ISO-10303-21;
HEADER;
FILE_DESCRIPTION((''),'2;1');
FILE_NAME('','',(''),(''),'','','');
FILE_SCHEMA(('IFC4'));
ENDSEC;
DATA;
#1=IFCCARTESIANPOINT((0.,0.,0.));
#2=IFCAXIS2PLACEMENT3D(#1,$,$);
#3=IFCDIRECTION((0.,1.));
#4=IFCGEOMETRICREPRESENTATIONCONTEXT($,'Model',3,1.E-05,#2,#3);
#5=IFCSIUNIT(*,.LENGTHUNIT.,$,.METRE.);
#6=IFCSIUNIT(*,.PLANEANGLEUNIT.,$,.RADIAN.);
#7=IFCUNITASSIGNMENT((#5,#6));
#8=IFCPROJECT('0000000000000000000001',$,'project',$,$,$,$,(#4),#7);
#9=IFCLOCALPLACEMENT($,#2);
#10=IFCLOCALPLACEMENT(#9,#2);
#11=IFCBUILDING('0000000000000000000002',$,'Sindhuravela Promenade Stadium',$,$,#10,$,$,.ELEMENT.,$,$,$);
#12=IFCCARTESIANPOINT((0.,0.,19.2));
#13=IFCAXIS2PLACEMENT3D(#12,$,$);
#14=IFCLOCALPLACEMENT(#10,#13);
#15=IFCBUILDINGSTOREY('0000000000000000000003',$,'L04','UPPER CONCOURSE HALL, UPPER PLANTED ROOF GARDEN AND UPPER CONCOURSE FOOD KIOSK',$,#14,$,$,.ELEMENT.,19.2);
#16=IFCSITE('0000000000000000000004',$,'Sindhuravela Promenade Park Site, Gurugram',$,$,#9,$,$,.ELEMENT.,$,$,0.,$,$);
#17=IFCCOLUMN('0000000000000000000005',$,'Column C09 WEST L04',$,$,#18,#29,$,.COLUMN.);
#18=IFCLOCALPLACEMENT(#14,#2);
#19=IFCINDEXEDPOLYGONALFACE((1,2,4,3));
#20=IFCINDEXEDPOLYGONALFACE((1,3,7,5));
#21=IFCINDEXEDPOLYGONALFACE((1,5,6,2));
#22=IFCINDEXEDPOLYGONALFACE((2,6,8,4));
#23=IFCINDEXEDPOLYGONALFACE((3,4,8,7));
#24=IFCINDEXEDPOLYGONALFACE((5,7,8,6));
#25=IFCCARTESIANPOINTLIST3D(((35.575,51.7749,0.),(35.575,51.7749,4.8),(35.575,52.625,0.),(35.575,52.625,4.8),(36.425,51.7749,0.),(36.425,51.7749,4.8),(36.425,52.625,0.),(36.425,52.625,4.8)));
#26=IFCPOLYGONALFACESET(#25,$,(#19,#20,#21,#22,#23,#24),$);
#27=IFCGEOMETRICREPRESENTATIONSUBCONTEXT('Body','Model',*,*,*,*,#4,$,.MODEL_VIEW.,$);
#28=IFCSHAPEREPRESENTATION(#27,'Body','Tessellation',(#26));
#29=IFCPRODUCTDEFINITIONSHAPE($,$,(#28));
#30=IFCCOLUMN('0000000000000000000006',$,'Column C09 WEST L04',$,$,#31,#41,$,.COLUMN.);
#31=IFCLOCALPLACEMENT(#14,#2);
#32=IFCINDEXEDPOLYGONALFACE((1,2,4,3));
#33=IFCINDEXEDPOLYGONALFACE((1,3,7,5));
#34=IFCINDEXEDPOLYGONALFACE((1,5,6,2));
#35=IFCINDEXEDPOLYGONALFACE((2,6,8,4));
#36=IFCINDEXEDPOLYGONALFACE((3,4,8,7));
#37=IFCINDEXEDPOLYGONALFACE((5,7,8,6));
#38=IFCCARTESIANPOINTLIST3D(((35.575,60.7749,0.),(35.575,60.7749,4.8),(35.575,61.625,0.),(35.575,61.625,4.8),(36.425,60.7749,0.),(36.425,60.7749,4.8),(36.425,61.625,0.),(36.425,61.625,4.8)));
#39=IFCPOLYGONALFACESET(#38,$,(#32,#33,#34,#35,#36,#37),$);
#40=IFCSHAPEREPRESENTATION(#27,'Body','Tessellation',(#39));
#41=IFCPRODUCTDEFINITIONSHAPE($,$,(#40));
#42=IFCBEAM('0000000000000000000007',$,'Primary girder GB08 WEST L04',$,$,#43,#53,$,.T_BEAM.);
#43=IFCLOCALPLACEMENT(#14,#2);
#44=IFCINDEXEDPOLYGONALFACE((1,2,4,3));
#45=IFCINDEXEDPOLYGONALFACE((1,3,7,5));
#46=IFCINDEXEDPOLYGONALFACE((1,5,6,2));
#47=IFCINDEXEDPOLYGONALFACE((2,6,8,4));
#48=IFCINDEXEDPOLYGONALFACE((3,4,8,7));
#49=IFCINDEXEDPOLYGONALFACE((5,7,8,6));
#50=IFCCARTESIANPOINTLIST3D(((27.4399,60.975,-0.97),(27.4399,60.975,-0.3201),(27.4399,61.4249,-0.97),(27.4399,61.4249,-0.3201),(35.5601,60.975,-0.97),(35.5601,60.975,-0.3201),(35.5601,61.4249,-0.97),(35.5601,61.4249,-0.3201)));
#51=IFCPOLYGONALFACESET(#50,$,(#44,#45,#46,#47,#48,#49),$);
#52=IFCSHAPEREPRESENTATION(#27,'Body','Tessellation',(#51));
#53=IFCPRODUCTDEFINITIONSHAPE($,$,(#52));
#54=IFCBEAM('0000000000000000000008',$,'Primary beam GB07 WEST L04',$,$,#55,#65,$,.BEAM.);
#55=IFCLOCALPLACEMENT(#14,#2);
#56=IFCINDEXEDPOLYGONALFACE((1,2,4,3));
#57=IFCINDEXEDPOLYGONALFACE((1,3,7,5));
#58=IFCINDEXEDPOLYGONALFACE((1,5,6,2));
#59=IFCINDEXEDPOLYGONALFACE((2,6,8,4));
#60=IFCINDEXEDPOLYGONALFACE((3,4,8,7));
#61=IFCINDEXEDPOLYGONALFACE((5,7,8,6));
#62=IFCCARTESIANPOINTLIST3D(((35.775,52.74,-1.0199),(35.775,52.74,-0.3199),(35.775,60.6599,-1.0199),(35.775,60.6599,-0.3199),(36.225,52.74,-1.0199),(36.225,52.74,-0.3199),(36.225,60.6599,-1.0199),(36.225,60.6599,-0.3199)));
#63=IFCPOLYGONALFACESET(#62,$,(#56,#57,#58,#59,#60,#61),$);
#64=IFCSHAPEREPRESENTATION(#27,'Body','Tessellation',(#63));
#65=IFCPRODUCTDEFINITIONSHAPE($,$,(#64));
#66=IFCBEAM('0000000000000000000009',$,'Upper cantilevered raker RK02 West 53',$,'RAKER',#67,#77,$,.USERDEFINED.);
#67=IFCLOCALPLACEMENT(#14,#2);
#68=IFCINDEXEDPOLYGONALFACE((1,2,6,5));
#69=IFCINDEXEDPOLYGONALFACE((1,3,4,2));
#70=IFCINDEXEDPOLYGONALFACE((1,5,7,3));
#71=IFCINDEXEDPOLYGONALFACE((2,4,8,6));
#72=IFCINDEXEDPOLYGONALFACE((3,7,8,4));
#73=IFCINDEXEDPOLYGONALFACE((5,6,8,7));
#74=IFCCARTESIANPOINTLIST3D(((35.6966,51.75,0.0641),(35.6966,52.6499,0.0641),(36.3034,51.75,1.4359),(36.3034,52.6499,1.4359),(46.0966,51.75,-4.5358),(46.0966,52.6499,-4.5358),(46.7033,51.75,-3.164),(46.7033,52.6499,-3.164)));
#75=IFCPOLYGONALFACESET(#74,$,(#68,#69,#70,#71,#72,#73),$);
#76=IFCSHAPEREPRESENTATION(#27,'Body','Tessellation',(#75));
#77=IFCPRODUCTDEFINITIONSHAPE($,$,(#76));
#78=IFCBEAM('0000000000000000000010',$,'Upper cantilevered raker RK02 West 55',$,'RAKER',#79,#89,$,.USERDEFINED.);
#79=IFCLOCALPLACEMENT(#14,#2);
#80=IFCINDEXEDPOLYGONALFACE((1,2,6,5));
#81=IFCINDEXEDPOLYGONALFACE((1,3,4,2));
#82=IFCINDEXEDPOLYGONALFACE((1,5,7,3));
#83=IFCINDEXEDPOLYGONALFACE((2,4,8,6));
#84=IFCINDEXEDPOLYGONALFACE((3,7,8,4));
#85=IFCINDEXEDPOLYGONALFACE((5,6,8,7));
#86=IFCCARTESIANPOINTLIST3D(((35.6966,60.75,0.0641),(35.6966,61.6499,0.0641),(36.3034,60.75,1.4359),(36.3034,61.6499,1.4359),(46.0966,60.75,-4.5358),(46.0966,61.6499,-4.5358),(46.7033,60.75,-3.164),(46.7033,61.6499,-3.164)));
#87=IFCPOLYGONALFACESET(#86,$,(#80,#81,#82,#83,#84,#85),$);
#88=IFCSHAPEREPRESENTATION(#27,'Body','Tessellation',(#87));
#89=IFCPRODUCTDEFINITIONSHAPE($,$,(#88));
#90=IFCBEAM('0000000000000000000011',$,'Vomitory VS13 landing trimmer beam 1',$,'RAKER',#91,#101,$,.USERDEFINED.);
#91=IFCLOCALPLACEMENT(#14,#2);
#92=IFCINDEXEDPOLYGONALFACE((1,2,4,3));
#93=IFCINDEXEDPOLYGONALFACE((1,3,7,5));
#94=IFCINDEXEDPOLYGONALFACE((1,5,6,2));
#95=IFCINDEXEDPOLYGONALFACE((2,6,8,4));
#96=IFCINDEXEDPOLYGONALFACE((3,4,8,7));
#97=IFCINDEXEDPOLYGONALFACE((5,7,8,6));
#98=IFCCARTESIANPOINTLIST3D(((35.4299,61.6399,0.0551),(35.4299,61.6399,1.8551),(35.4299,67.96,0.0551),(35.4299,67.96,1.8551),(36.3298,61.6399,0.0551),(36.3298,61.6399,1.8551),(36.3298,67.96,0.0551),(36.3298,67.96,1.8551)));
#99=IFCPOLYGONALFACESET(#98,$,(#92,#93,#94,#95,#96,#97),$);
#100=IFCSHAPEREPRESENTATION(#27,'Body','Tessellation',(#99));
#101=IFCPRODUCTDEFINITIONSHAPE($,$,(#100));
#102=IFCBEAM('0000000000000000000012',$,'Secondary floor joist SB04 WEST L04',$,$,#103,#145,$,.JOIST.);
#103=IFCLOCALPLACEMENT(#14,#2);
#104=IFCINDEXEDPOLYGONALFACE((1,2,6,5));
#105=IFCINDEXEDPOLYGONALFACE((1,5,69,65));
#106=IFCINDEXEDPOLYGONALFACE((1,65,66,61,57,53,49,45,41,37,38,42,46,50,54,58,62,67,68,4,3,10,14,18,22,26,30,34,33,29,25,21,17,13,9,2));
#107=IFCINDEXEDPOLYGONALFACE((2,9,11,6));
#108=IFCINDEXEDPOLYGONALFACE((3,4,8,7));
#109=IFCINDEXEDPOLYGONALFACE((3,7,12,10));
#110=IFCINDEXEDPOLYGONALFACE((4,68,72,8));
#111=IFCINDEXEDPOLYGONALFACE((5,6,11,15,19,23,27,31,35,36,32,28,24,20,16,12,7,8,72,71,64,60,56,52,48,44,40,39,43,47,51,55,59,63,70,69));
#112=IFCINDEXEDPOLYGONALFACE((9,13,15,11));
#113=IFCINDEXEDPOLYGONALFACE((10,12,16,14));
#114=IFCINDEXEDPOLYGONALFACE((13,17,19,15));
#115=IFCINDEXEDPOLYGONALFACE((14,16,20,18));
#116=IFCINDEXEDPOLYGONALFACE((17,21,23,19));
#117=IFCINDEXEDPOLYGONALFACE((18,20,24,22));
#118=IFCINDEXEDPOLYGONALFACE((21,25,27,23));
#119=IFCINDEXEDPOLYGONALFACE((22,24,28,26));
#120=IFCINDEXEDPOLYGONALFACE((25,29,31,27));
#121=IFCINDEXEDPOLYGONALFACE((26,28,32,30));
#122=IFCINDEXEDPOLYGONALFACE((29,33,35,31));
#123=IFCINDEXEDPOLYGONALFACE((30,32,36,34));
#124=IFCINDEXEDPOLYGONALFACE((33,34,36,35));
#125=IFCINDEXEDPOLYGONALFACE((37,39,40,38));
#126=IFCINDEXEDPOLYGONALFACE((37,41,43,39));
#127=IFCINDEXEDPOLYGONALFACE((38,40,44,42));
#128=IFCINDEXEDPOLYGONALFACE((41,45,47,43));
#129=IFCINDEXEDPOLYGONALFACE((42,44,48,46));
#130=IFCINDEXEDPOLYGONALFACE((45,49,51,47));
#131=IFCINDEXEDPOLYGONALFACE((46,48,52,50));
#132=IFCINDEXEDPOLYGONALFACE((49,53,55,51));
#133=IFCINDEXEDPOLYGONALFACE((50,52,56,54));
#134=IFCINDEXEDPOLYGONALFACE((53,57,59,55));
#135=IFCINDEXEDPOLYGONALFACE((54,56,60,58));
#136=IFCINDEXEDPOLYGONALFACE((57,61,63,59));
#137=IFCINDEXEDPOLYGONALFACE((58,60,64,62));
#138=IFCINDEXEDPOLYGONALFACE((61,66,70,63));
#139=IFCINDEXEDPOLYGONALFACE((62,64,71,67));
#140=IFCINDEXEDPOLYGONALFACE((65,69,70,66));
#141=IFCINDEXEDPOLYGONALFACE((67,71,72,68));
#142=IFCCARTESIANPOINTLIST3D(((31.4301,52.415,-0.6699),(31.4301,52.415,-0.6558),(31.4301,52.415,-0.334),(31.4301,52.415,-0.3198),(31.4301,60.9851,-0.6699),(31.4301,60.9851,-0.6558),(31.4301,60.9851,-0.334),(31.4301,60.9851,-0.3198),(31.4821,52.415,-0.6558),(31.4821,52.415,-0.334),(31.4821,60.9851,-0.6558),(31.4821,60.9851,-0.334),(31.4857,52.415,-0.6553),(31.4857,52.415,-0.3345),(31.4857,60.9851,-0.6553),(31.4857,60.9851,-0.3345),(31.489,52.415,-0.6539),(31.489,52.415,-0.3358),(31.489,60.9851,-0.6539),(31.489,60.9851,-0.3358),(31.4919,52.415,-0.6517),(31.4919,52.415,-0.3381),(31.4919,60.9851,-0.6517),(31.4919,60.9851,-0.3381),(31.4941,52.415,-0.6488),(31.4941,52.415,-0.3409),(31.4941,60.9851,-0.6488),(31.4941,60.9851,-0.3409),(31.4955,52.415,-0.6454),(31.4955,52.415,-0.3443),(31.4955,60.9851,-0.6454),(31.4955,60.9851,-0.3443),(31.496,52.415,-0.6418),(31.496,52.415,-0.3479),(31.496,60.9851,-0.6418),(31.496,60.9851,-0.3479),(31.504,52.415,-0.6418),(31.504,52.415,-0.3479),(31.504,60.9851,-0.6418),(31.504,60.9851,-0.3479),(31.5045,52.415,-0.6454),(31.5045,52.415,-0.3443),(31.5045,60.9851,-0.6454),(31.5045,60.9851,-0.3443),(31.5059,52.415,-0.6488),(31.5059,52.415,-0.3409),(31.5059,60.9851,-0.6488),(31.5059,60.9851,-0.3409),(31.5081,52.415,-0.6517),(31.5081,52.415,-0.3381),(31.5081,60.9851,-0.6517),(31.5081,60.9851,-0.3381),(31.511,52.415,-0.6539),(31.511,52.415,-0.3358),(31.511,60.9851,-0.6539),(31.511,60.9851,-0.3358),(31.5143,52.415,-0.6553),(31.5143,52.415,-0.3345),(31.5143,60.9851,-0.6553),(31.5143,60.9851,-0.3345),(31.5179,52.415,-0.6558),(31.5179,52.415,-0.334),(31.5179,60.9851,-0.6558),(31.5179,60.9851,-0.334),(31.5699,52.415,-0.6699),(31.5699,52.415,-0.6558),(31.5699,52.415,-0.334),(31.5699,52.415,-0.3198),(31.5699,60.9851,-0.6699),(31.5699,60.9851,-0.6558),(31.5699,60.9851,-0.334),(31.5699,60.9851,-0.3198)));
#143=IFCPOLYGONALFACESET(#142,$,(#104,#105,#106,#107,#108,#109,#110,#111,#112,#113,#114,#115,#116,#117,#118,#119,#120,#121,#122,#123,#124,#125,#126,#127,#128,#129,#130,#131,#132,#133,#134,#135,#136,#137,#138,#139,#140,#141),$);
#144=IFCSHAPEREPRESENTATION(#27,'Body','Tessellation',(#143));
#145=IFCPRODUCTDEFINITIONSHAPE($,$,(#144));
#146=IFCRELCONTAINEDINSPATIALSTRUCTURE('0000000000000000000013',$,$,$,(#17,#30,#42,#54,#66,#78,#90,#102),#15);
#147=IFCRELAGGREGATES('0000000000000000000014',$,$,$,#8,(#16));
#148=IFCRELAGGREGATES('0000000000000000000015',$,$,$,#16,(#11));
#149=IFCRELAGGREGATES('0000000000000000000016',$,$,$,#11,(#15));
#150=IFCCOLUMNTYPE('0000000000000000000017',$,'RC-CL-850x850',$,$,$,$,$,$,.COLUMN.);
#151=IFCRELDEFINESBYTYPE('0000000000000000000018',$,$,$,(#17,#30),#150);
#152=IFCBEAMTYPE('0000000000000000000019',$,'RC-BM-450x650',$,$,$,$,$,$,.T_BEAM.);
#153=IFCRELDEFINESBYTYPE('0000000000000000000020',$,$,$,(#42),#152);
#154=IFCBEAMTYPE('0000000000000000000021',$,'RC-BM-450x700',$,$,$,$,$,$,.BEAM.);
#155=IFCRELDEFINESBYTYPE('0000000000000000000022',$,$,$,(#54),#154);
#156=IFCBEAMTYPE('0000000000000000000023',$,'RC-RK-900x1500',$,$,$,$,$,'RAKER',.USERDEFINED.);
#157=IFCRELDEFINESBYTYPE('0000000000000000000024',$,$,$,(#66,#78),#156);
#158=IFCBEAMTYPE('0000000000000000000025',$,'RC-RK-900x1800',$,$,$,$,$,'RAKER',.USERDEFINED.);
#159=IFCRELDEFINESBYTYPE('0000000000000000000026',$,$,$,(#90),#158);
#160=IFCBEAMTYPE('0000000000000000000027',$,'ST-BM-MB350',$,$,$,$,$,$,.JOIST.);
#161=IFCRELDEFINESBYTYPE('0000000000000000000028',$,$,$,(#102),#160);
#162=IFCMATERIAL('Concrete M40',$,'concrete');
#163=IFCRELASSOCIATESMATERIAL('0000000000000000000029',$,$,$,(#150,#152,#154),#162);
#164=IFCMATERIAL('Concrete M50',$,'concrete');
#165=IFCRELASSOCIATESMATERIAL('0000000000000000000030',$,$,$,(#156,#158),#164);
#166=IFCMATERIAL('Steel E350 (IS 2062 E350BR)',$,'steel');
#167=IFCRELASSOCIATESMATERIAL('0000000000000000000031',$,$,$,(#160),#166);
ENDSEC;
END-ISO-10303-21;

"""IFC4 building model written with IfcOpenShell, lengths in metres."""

from ifc_helpers import new_model, si_unit, direction, frame, origin, origin_2d, place, context, subcontext, project, spatial, rectangle, i_section, extrude, material, material_profile, profile_set, type_object, element, save


model = new_model("IFC4")

# Units and contexts
model_context = context("Model", 3, precision=1e-05, world=origin(), true_north=direction((0.0, 1.0)))
body_context = subcontext(model_context, "Body", "Model", "MODEL_VIEW")
ifc_project = project(units=[si_unit("LENGTHUNIT", "METRE"), si_unit("PLANEANGLEUNIT", "RADIAN")], contexts=[model_context])

# Site, building, storey
site_placement = place(None, origin())
site = spatial("IfcSite", under=ifc_project, at=site_placement, Name="Sindhuravela Promenade Park Site, Gurugram", CompositionType="ELEMENT", RefElevation=0.0)
building_placement = place(site_placement, origin())
building = spatial("IfcBuilding", under=site, at=building_placement, Name="Sindhuravela Promenade Stadium", CompositionType="ELEMENT")
storey_placement = place(building_placement, frame((0.0, 0.0, 19.2)))
storey = spatial("IfcBuildingStorey", under=building, at=storey_placement, Name="L04", Description="UPPER CONCOURSE HALL, UPPER PLANTED ROOF GARDEN AND UPPER CONCOURSE FOOD KIOSK", CompositionType="ELEMENT", Elevation=19.2)

# Columns
ifc_material_1 = material(Name="Concrete M40", Category="concrete")
ifc_material_profile_1 = material_profile(ifc_material_1, rectangle(XDim=0.8501, YDim=0.8501, at=origin_2d()), Name="RC 850x850")
ifc_profile_set_1 = profile_set([ifc_material_profile_1], Name="Concrete M40")
column_type = type_object("IfcColumnType", Name="RC-CL-850x850", PredefinedType="COLUMN", material=ifc_profile_set_1)
for number, where, z_axis, x_axis, name in (
    (1, (36.0, 52.2, 0.0), (0.0, 0.0, 1.0), (1.0, 0.0, 0.0), "Column C09 WEST L04"),
    (2, (36.0, 61.2, 0.0), (0.0, 0.0, 1.0), (1.0, 0.0, 0.0), "Column C09 WEST L04"),
):
    element("IfcColumn", number, at=place(storey_placement, frame(where, z_axis=z_axis, x_axis=x_axis)), inside=storey, type_object=column_type, Name=name, PredefinedType="COLUMN", context=body_context, shape_type="SweptSolid", body=[
        extrude(rectangle(XDim=0.8501, YDim=0.8501, at=origin_2d()), origin(), (0.0, 0.0, 1.0), 4.8),
    ])

# Beams
ifc_material_profile_2 = material_profile(ifc_material_1, rectangle(XDim=0.45, YDim=0.6499, at=origin_2d()), Name="RC 450x650")
ifc_profile_set_2 = profile_set([ifc_material_profile_2], Name="Concrete M40")
beam_type_1 = type_object("IfcBeamType", Name="RC-BM-450x650", PredefinedType="T_BEAM", material=ifc_profile_set_2)
beam_1_placement = place(storey_placement, frame((27.4399, 61.2, -0.645), z_axis=(1.0, 0.0, 0.0), x_axis=(0.0, 1.0, 0.0)))
element("IfcBeam", 3, at=beam_1_placement, inside=storey, type_object=beam_type_1, Name="Primary girder GB08 WEST L04", PredefinedType="T_BEAM", context=body_context, shape_type="SweptSolid", body=[
    extrude(rectangle(XDim=0.45, YDim=0.6499, at=origin_2d()), origin(), (0.0, 0.0, 1.0), 8.1201),
])
ifc_material_profile_3 = material_profile(ifc_material_1, rectangle(XDim=0.45, YDim=0.7, at=origin_2d()), Name="RC 450x700")
ifc_profile_set_3 = profile_set([ifc_material_profile_3], Name="Concrete M40")
beam_type_2 = type_object("IfcBeamType", Name="RC-BM-450x700", PredefinedType="BEAM", material=ifc_profile_set_3)
beam_2_placement = place(storey_placement, frame((36.0, 52.74, -0.6699), z_axis=(0.0, 1.0, 0.0), x_axis=(-1.0, 0.0, 0.0)))
element("IfcBeam", 4, at=beam_2_placement, inside=storey, type_object=beam_type_2, Name="Primary beam GB07 WEST L04", PredefinedType="BEAM", context=body_context, shape_type="SweptSolid", body=[
    extrude(rectangle(XDim=0.45, YDim=0.7, at=origin_2d()), origin(), (0.0, 0.0, 1.0), 7.9199),
])
ifc_material_2 = material(Name="Concrete M50", Category="concrete")
ifc_material_profile_4 = material_profile(ifc_material_2, rectangle(XDim=0.8999, YDim=1.5, at=origin_2d()), Name="RC 900x1500")
ifc_profile_set_4 = profile_set([ifc_material_profile_4], Name="Concrete M50")
beam_type_3 = type_object("IfcBeamType", Name="RC-RK-900x1500", ElementType="RAKER", PredefinedType="USERDEFINED", material=ifc_profile_set_4)
for number, where, z_axis, x_axis, name in (
    (5, (36.0, 52.2, 0.75), (0.914539, 0.0, -0.404498), (0.0, 1.0, 0.0), "Upper cantilevered raker RK02 West 53"),
    (6, (36.0, 61.2, 0.75), (0.914539, 0.0, -0.404498), (0.0, 1.0, 0.0), "Upper cantilevered raker RK02 West 55"),
):
    element("IfcBeam", number, at=place(storey_placement, frame(where, z_axis=z_axis, x_axis=x_axis)), inside=storey, type_object=beam_type_3, Name=name, ObjectType="RAKER", PredefinedType="USERDEFINED", context=body_context, shape_type="SweptSolid", body=[
        extrude(rectangle(XDim=0.8999, YDim=1.5, at=origin_2d()), origin(), (0.0, 0.0, 1.0), 11.3718),
    ])
ifc_material_profile_5 = material_profile(ifc_material_2, rectangle(XDim=0.8999, YDim=1.8, at=origin_2d()), Name="RC 900x1800")
ifc_profile_set_5 = profile_set([ifc_material_profile_5], Name="Concrete M50")
beam_type_4 = type_object("IfcBeamType", Name="RC-RK-900x1800", ElementType="RAKER", PredefinedType="USERDEFINED", material=ifc_profile_set_5)
beam_3_placement = place(storey_placement, frame((35.8799, 61.6399, 0.9551), z_axis=(0.0, 1.0, 0.0), x_axis=(-1.0, 0.0, 0.0)))
element("IfcBeam", 7, at=beam_3_placement, inside=storey, type_object=beam_type_4, Name="Vomitory VS13 landing trimmer beam 1", ObjectType="RAKER", PredefinedType="USERDEFINED", context=body_context, shape_type="SweptSolid", body=[
    extrude(rectangle(XDim=0.8999, YDim=1.8, at=origin_2d()), origin(), (0.0, 0.0, 1.0), 6.3201),
])
ifc_material_3 = material(Name="Steel E350 (IS 2062 E350BR)", Category="steel")
ifc_material_profile_6 = material_profile(ifc_material_3, i_section(OverallWidth=0.1399, OverallDepth=0.3501, WebThickness=0.0081, FlangeThickness=0.0142, FilletRadius=0.0139, at=origin_2d()), Name="ISMB 350")
ifc_profile_set_6 = profile_set([ifc_material_profile_6], Name="Steel E350 (IS 2062 E350BR)")
beam_type_5 = type_object("IfcBeamType", Name="ST-BM-MB350", PredefinedType="JOIST", material=ifc_profile_set_6)
beam_4_placement = place(storey_placement, frame((31.5, 52.415, -0.4949), z_axis=(0.0, 1.0, 0.0), x_axis=(-1.0, 0.0, 0.0)))
element("IfcBeam", 8, at=beam_4_placement, inside=storey, type_object=beam_type_5, Name="Secondary floor joist SB04 WEST L04", PredefinedType="JOIST", context=body_context, shape_type="SweptSolid", body=[
    extrude(i_section(OverallWidth=0.1399, OverallDepth=0.3501, WebThickness=0.0081, FlangeThickness=0.0142, FilletRadius=0.0139, at=origin_2d()), origin(), (0.0, 0.0, 1.0), 8.5701),
])

save(model, "model.ifc")
